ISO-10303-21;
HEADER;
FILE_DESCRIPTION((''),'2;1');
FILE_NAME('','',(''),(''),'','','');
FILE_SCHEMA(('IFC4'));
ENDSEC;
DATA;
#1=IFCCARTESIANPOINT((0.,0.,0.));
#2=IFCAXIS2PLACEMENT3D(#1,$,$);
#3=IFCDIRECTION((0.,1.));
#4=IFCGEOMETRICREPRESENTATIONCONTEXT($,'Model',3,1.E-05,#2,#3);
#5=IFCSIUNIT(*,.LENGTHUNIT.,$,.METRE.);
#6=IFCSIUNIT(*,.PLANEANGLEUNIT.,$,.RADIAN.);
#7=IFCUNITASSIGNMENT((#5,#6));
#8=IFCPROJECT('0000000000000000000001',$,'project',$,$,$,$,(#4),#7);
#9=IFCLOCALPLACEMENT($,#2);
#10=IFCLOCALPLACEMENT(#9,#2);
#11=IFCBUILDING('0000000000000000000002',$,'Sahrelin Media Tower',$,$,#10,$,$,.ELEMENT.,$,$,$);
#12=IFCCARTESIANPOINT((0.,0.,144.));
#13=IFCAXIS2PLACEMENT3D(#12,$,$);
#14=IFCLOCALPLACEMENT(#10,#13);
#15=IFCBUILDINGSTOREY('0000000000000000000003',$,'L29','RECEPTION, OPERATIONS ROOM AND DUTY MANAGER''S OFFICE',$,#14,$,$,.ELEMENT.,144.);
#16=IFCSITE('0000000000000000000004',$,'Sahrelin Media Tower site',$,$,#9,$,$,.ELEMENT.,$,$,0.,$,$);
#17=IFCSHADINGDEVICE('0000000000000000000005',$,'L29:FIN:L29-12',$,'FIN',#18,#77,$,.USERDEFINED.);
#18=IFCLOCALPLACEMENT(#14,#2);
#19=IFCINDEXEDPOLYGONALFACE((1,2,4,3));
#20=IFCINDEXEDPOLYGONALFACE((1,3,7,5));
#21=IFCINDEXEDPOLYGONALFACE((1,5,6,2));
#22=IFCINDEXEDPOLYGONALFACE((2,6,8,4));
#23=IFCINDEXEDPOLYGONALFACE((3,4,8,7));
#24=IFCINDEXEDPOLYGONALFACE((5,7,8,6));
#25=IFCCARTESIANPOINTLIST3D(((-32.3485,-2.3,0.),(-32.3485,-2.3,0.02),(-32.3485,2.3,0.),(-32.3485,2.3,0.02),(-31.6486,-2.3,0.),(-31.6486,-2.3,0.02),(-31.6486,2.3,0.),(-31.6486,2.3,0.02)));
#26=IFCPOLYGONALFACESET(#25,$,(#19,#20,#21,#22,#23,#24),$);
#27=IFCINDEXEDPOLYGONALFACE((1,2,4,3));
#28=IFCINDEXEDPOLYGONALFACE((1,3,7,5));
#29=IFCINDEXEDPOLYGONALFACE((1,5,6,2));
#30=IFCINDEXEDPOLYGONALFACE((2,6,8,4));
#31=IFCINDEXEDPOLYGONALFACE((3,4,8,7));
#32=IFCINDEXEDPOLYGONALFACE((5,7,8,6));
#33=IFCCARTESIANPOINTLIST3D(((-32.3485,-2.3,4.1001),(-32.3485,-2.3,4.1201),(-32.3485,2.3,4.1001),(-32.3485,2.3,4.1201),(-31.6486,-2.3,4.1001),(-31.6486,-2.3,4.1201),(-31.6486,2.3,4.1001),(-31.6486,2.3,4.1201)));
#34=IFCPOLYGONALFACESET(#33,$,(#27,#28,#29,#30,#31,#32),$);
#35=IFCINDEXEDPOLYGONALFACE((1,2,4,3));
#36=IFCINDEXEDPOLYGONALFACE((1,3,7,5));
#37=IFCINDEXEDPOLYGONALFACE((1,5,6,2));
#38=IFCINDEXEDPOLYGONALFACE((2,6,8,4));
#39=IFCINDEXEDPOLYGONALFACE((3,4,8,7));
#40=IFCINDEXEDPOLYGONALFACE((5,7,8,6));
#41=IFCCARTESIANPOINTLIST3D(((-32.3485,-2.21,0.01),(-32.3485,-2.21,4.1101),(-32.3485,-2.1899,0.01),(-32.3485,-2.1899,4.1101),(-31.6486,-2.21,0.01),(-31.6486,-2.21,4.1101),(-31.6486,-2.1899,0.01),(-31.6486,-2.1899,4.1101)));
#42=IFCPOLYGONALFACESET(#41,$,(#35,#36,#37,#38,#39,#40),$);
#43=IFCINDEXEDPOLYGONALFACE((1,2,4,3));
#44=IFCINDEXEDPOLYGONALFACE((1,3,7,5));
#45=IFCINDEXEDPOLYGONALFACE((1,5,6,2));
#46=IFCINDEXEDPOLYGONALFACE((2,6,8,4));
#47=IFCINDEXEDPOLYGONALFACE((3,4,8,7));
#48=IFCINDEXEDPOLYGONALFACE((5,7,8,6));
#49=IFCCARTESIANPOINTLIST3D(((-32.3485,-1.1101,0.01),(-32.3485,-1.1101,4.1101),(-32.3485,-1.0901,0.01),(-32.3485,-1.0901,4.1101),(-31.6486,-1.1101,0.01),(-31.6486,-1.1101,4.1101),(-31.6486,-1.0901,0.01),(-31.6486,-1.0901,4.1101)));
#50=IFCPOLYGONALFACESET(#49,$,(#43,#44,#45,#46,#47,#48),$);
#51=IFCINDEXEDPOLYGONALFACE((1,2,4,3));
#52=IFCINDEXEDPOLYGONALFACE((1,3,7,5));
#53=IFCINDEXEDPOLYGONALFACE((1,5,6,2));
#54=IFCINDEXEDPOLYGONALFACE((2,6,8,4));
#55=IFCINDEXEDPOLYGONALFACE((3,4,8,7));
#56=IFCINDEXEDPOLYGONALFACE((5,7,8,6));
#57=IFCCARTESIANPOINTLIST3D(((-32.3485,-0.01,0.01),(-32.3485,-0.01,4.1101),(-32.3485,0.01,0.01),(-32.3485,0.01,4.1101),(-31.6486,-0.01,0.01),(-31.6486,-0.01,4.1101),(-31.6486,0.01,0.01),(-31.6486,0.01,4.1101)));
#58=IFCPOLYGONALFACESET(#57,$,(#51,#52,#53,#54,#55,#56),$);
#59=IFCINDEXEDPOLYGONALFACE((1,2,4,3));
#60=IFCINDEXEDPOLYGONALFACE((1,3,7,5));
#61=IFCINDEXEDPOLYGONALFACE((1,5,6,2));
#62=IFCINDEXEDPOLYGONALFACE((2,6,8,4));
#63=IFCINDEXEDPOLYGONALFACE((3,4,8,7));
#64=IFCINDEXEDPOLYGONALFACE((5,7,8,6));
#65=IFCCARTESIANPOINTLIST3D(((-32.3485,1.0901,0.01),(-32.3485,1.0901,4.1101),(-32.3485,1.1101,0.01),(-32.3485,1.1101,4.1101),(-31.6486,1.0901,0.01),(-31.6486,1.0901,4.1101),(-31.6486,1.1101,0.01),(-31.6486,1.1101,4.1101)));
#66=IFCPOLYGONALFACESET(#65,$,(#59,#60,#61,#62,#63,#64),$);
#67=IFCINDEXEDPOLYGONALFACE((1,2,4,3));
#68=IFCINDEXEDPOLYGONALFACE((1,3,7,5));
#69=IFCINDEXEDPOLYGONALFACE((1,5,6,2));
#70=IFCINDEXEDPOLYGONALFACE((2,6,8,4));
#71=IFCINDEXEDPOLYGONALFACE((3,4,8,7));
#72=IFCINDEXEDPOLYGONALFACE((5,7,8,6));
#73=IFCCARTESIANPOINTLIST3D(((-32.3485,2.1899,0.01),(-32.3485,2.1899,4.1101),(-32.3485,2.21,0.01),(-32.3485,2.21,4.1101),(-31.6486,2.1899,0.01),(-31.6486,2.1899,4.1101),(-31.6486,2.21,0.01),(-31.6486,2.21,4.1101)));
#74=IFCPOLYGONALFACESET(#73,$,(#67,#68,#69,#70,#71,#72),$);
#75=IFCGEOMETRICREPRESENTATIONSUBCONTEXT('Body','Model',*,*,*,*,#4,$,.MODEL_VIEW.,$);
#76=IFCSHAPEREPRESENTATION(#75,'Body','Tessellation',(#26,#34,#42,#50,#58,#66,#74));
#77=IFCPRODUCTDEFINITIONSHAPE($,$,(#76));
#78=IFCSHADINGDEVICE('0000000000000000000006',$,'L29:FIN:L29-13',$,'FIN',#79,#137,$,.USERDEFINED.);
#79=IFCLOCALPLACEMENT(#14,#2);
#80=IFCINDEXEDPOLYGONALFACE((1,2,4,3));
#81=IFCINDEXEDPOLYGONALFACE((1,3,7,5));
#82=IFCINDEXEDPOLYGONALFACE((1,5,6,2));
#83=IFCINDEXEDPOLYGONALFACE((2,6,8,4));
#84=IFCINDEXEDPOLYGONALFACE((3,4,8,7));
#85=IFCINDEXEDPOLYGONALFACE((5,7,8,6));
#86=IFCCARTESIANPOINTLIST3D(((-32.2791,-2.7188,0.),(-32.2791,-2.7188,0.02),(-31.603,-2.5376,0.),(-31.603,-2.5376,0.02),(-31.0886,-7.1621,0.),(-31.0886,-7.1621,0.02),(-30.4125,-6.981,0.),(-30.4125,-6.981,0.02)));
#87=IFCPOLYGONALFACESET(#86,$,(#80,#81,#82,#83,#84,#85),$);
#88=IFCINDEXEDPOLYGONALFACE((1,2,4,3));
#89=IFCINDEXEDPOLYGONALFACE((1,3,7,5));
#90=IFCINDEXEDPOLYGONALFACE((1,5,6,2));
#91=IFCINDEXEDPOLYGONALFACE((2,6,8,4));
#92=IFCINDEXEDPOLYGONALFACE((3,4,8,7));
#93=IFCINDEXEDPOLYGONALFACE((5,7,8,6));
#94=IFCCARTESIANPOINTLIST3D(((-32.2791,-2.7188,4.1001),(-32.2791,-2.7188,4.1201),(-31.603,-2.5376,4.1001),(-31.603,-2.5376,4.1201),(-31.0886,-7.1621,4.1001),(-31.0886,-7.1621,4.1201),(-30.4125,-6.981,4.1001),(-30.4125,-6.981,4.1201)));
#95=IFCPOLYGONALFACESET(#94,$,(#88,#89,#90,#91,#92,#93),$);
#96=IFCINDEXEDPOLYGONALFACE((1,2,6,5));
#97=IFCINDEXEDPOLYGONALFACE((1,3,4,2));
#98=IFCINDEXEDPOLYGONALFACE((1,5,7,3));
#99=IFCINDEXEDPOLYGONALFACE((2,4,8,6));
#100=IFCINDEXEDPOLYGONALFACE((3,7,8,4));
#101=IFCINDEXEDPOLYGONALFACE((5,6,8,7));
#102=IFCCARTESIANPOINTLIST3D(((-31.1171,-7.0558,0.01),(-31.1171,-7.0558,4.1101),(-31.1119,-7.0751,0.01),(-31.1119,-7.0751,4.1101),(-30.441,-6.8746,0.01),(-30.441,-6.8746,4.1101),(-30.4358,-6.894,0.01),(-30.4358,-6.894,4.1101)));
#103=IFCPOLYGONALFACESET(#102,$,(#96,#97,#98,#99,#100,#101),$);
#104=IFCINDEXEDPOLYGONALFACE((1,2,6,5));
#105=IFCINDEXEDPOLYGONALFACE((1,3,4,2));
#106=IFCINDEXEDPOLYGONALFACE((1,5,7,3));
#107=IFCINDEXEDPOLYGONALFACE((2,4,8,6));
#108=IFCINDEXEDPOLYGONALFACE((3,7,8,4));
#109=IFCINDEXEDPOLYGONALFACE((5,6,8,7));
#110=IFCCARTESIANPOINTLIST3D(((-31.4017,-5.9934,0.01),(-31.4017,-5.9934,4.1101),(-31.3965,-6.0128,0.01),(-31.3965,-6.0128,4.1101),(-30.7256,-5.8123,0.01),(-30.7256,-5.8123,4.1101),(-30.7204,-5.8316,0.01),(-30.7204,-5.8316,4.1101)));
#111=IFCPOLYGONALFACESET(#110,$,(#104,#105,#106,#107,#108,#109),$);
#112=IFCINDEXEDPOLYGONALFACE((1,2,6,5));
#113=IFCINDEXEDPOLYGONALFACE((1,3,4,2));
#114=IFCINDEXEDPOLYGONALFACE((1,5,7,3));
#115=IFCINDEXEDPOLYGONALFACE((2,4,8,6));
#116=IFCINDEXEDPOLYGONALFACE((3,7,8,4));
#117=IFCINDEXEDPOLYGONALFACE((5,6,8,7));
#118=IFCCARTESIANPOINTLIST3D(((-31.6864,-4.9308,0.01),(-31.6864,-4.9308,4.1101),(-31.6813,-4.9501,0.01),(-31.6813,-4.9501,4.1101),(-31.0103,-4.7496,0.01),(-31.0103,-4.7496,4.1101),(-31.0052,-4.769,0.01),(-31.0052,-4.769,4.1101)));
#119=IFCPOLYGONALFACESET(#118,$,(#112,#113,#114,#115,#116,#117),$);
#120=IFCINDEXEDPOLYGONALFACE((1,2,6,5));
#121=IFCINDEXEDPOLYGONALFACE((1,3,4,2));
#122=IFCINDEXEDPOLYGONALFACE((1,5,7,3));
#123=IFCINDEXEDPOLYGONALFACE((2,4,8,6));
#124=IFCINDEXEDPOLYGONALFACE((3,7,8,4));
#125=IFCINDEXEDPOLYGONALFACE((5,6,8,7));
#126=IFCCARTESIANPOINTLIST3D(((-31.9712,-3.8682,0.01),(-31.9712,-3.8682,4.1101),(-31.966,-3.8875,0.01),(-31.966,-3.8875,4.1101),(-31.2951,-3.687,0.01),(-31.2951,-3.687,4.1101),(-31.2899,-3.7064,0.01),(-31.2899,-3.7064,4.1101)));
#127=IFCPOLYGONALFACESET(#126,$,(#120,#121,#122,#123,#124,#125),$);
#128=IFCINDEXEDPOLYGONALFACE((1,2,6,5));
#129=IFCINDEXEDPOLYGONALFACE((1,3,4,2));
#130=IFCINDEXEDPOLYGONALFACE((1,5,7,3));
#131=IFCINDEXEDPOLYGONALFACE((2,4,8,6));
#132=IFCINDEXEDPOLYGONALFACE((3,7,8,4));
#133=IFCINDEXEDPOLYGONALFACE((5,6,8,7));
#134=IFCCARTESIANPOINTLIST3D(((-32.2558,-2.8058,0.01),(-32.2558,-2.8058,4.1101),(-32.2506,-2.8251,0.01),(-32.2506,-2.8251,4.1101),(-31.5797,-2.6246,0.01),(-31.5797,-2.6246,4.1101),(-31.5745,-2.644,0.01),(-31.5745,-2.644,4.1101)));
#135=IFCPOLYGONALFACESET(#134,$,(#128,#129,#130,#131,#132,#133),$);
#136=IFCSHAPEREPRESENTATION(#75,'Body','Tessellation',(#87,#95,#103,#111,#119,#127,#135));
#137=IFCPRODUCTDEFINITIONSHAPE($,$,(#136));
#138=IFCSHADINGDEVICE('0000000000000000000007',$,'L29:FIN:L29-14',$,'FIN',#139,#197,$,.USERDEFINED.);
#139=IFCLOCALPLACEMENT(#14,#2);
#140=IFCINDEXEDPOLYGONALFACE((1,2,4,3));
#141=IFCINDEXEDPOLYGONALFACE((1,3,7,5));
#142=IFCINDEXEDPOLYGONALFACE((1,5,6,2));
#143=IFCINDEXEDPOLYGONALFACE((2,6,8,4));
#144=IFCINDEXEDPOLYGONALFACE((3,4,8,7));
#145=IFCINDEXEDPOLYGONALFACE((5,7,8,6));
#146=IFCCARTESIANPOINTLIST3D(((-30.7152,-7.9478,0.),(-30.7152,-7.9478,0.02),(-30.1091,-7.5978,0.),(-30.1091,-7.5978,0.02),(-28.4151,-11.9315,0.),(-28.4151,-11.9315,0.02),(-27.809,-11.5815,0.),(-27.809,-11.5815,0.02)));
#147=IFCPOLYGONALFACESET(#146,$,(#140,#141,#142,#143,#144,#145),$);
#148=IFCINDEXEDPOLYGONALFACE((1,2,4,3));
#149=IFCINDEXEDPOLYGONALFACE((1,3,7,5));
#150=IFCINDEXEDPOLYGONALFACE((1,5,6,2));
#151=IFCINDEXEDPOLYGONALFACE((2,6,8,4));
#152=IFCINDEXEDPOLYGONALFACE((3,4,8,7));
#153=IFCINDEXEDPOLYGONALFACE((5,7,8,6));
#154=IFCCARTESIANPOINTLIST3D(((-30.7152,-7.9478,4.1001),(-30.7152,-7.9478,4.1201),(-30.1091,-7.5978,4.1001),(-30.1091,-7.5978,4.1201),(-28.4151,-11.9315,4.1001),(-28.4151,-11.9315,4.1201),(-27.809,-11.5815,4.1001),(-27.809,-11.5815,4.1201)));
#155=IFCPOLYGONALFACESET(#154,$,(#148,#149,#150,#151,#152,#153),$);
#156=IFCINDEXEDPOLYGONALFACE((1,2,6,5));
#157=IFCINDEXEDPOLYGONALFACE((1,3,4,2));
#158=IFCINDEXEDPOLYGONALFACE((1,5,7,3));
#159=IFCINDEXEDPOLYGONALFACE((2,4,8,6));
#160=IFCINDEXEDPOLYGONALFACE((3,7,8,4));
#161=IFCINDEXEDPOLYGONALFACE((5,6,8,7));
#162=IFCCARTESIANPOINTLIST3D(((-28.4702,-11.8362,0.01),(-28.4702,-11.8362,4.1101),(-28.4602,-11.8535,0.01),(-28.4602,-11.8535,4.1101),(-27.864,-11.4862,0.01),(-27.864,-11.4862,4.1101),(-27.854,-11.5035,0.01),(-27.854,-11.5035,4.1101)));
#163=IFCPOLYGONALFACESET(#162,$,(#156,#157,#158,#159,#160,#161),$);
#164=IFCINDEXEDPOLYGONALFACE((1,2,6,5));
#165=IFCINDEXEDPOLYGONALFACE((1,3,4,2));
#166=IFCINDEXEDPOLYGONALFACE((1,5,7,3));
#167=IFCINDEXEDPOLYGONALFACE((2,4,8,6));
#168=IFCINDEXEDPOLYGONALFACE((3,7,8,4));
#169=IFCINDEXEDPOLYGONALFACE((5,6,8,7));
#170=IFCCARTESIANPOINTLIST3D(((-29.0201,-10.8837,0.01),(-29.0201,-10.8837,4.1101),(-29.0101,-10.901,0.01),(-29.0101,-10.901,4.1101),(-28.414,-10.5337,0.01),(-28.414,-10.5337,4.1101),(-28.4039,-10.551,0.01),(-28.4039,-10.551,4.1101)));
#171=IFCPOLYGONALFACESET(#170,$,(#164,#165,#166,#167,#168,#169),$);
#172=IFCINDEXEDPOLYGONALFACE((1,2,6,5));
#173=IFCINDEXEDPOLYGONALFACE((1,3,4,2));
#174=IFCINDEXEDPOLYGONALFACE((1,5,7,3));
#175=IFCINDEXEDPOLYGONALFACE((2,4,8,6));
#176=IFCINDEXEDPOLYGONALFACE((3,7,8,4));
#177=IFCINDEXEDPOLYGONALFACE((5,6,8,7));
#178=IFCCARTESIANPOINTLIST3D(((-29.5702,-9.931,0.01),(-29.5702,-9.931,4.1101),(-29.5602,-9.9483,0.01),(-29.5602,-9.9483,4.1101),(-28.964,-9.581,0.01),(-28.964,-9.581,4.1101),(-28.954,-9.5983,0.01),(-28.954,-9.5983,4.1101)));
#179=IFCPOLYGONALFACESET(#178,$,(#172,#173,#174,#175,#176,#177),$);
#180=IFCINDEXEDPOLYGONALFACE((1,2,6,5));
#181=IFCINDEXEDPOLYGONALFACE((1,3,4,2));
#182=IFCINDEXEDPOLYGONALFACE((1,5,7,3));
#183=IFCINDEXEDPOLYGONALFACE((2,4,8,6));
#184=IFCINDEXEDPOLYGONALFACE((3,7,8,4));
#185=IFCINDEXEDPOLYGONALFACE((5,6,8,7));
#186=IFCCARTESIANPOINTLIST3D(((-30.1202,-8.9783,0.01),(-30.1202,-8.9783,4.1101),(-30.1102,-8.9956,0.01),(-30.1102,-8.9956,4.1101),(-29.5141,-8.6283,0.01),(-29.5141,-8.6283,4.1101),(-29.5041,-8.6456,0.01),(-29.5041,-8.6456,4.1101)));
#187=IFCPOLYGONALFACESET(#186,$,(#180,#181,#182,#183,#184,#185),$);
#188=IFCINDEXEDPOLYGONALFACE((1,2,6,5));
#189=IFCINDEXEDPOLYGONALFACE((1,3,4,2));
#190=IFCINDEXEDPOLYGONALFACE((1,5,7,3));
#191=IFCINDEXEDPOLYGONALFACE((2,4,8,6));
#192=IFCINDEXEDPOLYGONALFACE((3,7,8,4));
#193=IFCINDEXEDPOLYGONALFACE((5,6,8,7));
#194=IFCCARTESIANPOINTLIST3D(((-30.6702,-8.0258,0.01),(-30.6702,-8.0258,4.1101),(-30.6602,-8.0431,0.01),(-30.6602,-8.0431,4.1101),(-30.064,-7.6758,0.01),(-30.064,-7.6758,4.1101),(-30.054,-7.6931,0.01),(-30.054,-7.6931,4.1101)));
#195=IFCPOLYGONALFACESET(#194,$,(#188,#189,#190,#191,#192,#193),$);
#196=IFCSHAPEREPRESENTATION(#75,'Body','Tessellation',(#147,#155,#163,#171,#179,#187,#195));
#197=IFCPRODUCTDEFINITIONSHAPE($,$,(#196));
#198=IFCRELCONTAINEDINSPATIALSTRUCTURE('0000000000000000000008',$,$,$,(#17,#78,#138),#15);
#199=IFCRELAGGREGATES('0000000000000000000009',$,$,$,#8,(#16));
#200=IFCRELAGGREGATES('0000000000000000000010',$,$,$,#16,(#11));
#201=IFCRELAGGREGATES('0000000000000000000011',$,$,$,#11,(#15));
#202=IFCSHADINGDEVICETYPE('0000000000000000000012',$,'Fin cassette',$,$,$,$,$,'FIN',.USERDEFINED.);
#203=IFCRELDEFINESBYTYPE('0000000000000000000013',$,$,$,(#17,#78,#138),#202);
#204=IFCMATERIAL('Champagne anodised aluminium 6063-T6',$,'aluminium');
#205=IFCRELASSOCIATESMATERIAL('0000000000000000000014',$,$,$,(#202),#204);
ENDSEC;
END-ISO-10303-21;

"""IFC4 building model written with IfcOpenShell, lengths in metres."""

from ifc_helpers import new_model, si_unit, direction, frame, origin, origin_2d, place, context, subcontext, project, spatial, rectangle, extrude, material, type_object, element, save


model = new_model("IFC4")

# Units and contexts
model_context = context("Model", 3, precision=1e-05, world=origin(), true_north=direction((0.0, 1.0)))
body_context = subcontext(model_context, "Body", "Model", "MODEL_VIEW")
ifc_project = project(units=[si_unit("LENGTHUNIT", "METRE"), si_unit("PLANEANGLEUNIT", "RADIAN")], contexts=[model_context])

# Site, building, storey
site_placement = place(None, origin())
site = spatial("IfcSite", under=ifc_project, at=site_placement, Name="Sahrelin Media Tower site", CompositionType="ELEMENT", RefElevation=0.0)
building_placement = place(site_placement, origin())
building = spatial("IfcBuilding", under=site, at=building_placement, Name="Sahrelin Media Tower", CompositionType="ELEMENT")
storey_placement = place(building_placement, frame((0.0, 0.0, 144.0)))
storey = spatial("IfcBuildingStorey", under=building, at=storey_placement, Name="L29", Description="RECEPTION, OPERATIONS ROOM AND DUTY MANAGER'S OFFICE", CompositionType="ELEMENT", Elevation=144.0)

# Shared definitions
ifc_material_1 = material(Name="Champagne anodised aluminium 6063-T6", Category="aluminium")

# Shading devices
shading_device_type_1 = type_object("IfcShadingDeviceType", Name="Fin cassette", ElementType="FIN", PredefinedType="USERDEFINED", material=ifc_material_1)
placement_1 = place(storey_placement, frame((-31.5786, 0.0, 0.0), z_axis=(0.0, 0.0, 1.0), x_axis=(0.0, 1.0, 0.0)))
element("IfcShadingDevice", 1, at=placement_1, inside=storey, type_object=shading_device_type_1, Name="L29:FIN:L29-12", ObjectType="FIN", PredefinedType="USERDEFINED", context=body_context, shape_type="SweptSolid", body=[
    extrude(rectangle(XDim=4.6001, YDim=0.7, at=origin_2d()), frame((0.0, 0.4199, 0.0)), (0.0, 0.0, 1.0), 0.02),
    extrude(rectangle(XDim=4.6001, YDim=0.7, at=origin_2d()), frame((0.0, 0.4199, 4.1001)), (0.0, 0.0, 1.0), 0.02),
    extrude(rectangle(XDim=0.02, YDim=0.7, at=origin_2d()), frame((-2.2, 0.4199, 0.01), z_axis=(0.0, 0.0, 1.0), x_axis=(1.0, 0.0, 0.0)), (0.0, 0.0, 1.0), 4.1001),
    extrude(rectangle(XDim=0.02, YDim=0.7, at=origin_2d()), frame((-1.1001, 0.4199, 0.01), z_axis=(0.0, 0.0, 1.0), x_axis=(1.0, 0.0, 0.0)), (0.0, 0.0, 1.0), 4.1001),
    extrude(rectangle(XDim=0.02, YDim=0.7, at=origin_2d()), frame((0.0, 0.4199, 0.01), z_axis=(0.0, 0.0, 1.0), x_axis=(1.0, 0.0, 0.0)), (0.0, 0.0, 1.0), 4.1001),
    extrude(rectangle(XDim=0.02, YDim=0.7, at=origin_2d()), frame((1.1001, 0.4199, 0.01), z_axis=(0.0, 0.0, 1.0), x_axis=(1.0, 0.0, 0.0)), (0.0, 0.0, 1.0), 4.1001),
    extrude(rectangle(XDim=0.02, YDim=0.7, at=origin_2d()), frame((2.2, 0.4199, 0.01), z_axis=(0.0, 0.0, 1.0), x_axis=(1.0, 0.0, 0.0)), (0.0, 0.0, 1.0), 4.1001),
])
placement_2 = place(storey_placement, frame((-30.9402, -4.7412, 0.0), z_axis=(0.0, 0.0, 1.0), x_axis=(-0.258808, 0.965929, 0.0)))
element("IfcShadingDevice", 2, at=placement_2, inside=storey, type_object=shading_device_type_1, Name="L29:FIN:L29-13", ObjectType="FIN", PredefinedType="USERDEFINED", context=body_context, shape_type="SweptSolid", body=[
    extrude(rectangle(XDim=4.6001, YDim=0.7, at=origin_2d()), frame((0.0, 0.4199, 0.0)), (0.0, 0.0, 1.0), 0.02),
    extrude(rectangle(XDim=4.6001, YDim=0.7, at=origin_2d()), frame((0.0, 0.4199, 4.1001)), (0.0, 0.0, 1.0), 0.02),
    extrude(rectangle(XDim=0.02, YDim=0.7, at=origin_2d()), frame((-2.2, 0.4199, 0.01), z_axis=(0.0, 0.0, 1.0), x_axis=(1.0, 0.0, 0.0)), (0.0, 0.0, 1.0), 4.1001),
    extrude(rectangle(XDim=0.02, YDim=0.7, at=origin_2d()), frame((-1.1001, 0.4199, 0.01), z_axis=(0.0, 0.0, 1.0), x_axis=(1.0, 0.0, 0.0)), (0.0, 0.0, 1.0), 4.1001),
    extrude(rectangle(XDim=0.02, YDim=0.7, at=origin_2d()), frame((0.0, 0.4199, 0.01), z_axis=(0.0, 0.0, 1.0), x_axis=(1.0, 0.0, 0.0)), (0.0, 0.0, 1.0), 4.1001),
    extrude(rectangle(XDim=0.02, YDim=0.7, at=origin_2d()), frame((1.1001, 0.4199, 0.01), z_axis=(0.0, 0.0, 1.0), x_axis=(1.0, 0.0, 0.0)), (0.0, 0.0, 1.0), 4.1001),
    extrude(rectangle(XDim=0.02, YDim=0.7, at=origin_2d()), frame((2.2, 0.4199, 0.01), z_axis=(0.0, 0.0, 1.0), x_axis=(1.0, 0.0, 0.0)), (0.0, 0.0, 1.0), 4.1001),
])
shading_device_1_placement = place(storey_placement, frame((-28.8984, -9.5547, 0.0), z_axis=(0.0, 0.0, 1.0), x_axis=(-0.500011, 0.866019, 0.0)))
element("IfcShadingDevice", 3, at=shading_device_1_placement, inside=storey, type_object=shading_device_type_1, Name="L29:FIN:L29-14", ObjectType="FIN", PredefinedType="USERDEFINED", context=body_context, shape_type="SweptSolid", body=[
    extrude(rectangle(XDim=4.6001, YDim=0.7, at=origin_2d()), frame((0.0, 0.4199, 0.0)), (0.0, 0.0, 1.0), 0.02),
    extrude(rectangle(XDim=4.6001, YDim=0.7, at=origin_2d()), frame((0.0, 0.4199, 4.1001)), (0.0, 0.0, 1.0), 0.02),
    extrude(rectangle(XDim=0.02, YDim=0.7, at=origin_2d()), frame((-2.2, 0.4199, 0.01), z_axis=(0.0, 0.0, 1.0), x_axis=(1.0, 0.0, 0.0)), (0.0, 0.0, 1.0), 4.1001),
    extrude(rectangle(XDim=0.02, YDim=0.7, at=origin_2d()), frame((-1.1001, 0.4199, 0.01), z_axis=(0.0, 0.0, 1.0), x_axis=(1.0, 0.0, 0.0)), (0.0, 0.0, 1.0), 4.1001),
    extrude(rectangle(XDim=0.02, YDim=0.7, at=origin_2d()), frame((0.0, 0.4199, 0.01), z_axis=(0.0, 0.0, 1.0), x_axis=(1.0, 0.0, 0.0)), (0.0, 0.0, 1.0), 4.1001),
    extrude(rectangle(XDim=0.02, YDim=0.7, at=origin_2d()), frame((1.1001, 0.4199, 0.01), z_axis=(0.0, 0.0, 1.0), x_axis=(1.0, 0.0, 0.0)), (0.0, 0.0, 1.0), 4.1001),
    extrude(rectangle(XDim=0.02, YDim=0.7, at=origin_2d()), frame((2.2, 0.4199, 0.01), z_axis=(0.0, 0.0, 1.0), x_axis=(1.0, 0.0, 0.0)), (0.0, 0.0, 1.0), 4.1001),
])

save(model, "model.ifc")
